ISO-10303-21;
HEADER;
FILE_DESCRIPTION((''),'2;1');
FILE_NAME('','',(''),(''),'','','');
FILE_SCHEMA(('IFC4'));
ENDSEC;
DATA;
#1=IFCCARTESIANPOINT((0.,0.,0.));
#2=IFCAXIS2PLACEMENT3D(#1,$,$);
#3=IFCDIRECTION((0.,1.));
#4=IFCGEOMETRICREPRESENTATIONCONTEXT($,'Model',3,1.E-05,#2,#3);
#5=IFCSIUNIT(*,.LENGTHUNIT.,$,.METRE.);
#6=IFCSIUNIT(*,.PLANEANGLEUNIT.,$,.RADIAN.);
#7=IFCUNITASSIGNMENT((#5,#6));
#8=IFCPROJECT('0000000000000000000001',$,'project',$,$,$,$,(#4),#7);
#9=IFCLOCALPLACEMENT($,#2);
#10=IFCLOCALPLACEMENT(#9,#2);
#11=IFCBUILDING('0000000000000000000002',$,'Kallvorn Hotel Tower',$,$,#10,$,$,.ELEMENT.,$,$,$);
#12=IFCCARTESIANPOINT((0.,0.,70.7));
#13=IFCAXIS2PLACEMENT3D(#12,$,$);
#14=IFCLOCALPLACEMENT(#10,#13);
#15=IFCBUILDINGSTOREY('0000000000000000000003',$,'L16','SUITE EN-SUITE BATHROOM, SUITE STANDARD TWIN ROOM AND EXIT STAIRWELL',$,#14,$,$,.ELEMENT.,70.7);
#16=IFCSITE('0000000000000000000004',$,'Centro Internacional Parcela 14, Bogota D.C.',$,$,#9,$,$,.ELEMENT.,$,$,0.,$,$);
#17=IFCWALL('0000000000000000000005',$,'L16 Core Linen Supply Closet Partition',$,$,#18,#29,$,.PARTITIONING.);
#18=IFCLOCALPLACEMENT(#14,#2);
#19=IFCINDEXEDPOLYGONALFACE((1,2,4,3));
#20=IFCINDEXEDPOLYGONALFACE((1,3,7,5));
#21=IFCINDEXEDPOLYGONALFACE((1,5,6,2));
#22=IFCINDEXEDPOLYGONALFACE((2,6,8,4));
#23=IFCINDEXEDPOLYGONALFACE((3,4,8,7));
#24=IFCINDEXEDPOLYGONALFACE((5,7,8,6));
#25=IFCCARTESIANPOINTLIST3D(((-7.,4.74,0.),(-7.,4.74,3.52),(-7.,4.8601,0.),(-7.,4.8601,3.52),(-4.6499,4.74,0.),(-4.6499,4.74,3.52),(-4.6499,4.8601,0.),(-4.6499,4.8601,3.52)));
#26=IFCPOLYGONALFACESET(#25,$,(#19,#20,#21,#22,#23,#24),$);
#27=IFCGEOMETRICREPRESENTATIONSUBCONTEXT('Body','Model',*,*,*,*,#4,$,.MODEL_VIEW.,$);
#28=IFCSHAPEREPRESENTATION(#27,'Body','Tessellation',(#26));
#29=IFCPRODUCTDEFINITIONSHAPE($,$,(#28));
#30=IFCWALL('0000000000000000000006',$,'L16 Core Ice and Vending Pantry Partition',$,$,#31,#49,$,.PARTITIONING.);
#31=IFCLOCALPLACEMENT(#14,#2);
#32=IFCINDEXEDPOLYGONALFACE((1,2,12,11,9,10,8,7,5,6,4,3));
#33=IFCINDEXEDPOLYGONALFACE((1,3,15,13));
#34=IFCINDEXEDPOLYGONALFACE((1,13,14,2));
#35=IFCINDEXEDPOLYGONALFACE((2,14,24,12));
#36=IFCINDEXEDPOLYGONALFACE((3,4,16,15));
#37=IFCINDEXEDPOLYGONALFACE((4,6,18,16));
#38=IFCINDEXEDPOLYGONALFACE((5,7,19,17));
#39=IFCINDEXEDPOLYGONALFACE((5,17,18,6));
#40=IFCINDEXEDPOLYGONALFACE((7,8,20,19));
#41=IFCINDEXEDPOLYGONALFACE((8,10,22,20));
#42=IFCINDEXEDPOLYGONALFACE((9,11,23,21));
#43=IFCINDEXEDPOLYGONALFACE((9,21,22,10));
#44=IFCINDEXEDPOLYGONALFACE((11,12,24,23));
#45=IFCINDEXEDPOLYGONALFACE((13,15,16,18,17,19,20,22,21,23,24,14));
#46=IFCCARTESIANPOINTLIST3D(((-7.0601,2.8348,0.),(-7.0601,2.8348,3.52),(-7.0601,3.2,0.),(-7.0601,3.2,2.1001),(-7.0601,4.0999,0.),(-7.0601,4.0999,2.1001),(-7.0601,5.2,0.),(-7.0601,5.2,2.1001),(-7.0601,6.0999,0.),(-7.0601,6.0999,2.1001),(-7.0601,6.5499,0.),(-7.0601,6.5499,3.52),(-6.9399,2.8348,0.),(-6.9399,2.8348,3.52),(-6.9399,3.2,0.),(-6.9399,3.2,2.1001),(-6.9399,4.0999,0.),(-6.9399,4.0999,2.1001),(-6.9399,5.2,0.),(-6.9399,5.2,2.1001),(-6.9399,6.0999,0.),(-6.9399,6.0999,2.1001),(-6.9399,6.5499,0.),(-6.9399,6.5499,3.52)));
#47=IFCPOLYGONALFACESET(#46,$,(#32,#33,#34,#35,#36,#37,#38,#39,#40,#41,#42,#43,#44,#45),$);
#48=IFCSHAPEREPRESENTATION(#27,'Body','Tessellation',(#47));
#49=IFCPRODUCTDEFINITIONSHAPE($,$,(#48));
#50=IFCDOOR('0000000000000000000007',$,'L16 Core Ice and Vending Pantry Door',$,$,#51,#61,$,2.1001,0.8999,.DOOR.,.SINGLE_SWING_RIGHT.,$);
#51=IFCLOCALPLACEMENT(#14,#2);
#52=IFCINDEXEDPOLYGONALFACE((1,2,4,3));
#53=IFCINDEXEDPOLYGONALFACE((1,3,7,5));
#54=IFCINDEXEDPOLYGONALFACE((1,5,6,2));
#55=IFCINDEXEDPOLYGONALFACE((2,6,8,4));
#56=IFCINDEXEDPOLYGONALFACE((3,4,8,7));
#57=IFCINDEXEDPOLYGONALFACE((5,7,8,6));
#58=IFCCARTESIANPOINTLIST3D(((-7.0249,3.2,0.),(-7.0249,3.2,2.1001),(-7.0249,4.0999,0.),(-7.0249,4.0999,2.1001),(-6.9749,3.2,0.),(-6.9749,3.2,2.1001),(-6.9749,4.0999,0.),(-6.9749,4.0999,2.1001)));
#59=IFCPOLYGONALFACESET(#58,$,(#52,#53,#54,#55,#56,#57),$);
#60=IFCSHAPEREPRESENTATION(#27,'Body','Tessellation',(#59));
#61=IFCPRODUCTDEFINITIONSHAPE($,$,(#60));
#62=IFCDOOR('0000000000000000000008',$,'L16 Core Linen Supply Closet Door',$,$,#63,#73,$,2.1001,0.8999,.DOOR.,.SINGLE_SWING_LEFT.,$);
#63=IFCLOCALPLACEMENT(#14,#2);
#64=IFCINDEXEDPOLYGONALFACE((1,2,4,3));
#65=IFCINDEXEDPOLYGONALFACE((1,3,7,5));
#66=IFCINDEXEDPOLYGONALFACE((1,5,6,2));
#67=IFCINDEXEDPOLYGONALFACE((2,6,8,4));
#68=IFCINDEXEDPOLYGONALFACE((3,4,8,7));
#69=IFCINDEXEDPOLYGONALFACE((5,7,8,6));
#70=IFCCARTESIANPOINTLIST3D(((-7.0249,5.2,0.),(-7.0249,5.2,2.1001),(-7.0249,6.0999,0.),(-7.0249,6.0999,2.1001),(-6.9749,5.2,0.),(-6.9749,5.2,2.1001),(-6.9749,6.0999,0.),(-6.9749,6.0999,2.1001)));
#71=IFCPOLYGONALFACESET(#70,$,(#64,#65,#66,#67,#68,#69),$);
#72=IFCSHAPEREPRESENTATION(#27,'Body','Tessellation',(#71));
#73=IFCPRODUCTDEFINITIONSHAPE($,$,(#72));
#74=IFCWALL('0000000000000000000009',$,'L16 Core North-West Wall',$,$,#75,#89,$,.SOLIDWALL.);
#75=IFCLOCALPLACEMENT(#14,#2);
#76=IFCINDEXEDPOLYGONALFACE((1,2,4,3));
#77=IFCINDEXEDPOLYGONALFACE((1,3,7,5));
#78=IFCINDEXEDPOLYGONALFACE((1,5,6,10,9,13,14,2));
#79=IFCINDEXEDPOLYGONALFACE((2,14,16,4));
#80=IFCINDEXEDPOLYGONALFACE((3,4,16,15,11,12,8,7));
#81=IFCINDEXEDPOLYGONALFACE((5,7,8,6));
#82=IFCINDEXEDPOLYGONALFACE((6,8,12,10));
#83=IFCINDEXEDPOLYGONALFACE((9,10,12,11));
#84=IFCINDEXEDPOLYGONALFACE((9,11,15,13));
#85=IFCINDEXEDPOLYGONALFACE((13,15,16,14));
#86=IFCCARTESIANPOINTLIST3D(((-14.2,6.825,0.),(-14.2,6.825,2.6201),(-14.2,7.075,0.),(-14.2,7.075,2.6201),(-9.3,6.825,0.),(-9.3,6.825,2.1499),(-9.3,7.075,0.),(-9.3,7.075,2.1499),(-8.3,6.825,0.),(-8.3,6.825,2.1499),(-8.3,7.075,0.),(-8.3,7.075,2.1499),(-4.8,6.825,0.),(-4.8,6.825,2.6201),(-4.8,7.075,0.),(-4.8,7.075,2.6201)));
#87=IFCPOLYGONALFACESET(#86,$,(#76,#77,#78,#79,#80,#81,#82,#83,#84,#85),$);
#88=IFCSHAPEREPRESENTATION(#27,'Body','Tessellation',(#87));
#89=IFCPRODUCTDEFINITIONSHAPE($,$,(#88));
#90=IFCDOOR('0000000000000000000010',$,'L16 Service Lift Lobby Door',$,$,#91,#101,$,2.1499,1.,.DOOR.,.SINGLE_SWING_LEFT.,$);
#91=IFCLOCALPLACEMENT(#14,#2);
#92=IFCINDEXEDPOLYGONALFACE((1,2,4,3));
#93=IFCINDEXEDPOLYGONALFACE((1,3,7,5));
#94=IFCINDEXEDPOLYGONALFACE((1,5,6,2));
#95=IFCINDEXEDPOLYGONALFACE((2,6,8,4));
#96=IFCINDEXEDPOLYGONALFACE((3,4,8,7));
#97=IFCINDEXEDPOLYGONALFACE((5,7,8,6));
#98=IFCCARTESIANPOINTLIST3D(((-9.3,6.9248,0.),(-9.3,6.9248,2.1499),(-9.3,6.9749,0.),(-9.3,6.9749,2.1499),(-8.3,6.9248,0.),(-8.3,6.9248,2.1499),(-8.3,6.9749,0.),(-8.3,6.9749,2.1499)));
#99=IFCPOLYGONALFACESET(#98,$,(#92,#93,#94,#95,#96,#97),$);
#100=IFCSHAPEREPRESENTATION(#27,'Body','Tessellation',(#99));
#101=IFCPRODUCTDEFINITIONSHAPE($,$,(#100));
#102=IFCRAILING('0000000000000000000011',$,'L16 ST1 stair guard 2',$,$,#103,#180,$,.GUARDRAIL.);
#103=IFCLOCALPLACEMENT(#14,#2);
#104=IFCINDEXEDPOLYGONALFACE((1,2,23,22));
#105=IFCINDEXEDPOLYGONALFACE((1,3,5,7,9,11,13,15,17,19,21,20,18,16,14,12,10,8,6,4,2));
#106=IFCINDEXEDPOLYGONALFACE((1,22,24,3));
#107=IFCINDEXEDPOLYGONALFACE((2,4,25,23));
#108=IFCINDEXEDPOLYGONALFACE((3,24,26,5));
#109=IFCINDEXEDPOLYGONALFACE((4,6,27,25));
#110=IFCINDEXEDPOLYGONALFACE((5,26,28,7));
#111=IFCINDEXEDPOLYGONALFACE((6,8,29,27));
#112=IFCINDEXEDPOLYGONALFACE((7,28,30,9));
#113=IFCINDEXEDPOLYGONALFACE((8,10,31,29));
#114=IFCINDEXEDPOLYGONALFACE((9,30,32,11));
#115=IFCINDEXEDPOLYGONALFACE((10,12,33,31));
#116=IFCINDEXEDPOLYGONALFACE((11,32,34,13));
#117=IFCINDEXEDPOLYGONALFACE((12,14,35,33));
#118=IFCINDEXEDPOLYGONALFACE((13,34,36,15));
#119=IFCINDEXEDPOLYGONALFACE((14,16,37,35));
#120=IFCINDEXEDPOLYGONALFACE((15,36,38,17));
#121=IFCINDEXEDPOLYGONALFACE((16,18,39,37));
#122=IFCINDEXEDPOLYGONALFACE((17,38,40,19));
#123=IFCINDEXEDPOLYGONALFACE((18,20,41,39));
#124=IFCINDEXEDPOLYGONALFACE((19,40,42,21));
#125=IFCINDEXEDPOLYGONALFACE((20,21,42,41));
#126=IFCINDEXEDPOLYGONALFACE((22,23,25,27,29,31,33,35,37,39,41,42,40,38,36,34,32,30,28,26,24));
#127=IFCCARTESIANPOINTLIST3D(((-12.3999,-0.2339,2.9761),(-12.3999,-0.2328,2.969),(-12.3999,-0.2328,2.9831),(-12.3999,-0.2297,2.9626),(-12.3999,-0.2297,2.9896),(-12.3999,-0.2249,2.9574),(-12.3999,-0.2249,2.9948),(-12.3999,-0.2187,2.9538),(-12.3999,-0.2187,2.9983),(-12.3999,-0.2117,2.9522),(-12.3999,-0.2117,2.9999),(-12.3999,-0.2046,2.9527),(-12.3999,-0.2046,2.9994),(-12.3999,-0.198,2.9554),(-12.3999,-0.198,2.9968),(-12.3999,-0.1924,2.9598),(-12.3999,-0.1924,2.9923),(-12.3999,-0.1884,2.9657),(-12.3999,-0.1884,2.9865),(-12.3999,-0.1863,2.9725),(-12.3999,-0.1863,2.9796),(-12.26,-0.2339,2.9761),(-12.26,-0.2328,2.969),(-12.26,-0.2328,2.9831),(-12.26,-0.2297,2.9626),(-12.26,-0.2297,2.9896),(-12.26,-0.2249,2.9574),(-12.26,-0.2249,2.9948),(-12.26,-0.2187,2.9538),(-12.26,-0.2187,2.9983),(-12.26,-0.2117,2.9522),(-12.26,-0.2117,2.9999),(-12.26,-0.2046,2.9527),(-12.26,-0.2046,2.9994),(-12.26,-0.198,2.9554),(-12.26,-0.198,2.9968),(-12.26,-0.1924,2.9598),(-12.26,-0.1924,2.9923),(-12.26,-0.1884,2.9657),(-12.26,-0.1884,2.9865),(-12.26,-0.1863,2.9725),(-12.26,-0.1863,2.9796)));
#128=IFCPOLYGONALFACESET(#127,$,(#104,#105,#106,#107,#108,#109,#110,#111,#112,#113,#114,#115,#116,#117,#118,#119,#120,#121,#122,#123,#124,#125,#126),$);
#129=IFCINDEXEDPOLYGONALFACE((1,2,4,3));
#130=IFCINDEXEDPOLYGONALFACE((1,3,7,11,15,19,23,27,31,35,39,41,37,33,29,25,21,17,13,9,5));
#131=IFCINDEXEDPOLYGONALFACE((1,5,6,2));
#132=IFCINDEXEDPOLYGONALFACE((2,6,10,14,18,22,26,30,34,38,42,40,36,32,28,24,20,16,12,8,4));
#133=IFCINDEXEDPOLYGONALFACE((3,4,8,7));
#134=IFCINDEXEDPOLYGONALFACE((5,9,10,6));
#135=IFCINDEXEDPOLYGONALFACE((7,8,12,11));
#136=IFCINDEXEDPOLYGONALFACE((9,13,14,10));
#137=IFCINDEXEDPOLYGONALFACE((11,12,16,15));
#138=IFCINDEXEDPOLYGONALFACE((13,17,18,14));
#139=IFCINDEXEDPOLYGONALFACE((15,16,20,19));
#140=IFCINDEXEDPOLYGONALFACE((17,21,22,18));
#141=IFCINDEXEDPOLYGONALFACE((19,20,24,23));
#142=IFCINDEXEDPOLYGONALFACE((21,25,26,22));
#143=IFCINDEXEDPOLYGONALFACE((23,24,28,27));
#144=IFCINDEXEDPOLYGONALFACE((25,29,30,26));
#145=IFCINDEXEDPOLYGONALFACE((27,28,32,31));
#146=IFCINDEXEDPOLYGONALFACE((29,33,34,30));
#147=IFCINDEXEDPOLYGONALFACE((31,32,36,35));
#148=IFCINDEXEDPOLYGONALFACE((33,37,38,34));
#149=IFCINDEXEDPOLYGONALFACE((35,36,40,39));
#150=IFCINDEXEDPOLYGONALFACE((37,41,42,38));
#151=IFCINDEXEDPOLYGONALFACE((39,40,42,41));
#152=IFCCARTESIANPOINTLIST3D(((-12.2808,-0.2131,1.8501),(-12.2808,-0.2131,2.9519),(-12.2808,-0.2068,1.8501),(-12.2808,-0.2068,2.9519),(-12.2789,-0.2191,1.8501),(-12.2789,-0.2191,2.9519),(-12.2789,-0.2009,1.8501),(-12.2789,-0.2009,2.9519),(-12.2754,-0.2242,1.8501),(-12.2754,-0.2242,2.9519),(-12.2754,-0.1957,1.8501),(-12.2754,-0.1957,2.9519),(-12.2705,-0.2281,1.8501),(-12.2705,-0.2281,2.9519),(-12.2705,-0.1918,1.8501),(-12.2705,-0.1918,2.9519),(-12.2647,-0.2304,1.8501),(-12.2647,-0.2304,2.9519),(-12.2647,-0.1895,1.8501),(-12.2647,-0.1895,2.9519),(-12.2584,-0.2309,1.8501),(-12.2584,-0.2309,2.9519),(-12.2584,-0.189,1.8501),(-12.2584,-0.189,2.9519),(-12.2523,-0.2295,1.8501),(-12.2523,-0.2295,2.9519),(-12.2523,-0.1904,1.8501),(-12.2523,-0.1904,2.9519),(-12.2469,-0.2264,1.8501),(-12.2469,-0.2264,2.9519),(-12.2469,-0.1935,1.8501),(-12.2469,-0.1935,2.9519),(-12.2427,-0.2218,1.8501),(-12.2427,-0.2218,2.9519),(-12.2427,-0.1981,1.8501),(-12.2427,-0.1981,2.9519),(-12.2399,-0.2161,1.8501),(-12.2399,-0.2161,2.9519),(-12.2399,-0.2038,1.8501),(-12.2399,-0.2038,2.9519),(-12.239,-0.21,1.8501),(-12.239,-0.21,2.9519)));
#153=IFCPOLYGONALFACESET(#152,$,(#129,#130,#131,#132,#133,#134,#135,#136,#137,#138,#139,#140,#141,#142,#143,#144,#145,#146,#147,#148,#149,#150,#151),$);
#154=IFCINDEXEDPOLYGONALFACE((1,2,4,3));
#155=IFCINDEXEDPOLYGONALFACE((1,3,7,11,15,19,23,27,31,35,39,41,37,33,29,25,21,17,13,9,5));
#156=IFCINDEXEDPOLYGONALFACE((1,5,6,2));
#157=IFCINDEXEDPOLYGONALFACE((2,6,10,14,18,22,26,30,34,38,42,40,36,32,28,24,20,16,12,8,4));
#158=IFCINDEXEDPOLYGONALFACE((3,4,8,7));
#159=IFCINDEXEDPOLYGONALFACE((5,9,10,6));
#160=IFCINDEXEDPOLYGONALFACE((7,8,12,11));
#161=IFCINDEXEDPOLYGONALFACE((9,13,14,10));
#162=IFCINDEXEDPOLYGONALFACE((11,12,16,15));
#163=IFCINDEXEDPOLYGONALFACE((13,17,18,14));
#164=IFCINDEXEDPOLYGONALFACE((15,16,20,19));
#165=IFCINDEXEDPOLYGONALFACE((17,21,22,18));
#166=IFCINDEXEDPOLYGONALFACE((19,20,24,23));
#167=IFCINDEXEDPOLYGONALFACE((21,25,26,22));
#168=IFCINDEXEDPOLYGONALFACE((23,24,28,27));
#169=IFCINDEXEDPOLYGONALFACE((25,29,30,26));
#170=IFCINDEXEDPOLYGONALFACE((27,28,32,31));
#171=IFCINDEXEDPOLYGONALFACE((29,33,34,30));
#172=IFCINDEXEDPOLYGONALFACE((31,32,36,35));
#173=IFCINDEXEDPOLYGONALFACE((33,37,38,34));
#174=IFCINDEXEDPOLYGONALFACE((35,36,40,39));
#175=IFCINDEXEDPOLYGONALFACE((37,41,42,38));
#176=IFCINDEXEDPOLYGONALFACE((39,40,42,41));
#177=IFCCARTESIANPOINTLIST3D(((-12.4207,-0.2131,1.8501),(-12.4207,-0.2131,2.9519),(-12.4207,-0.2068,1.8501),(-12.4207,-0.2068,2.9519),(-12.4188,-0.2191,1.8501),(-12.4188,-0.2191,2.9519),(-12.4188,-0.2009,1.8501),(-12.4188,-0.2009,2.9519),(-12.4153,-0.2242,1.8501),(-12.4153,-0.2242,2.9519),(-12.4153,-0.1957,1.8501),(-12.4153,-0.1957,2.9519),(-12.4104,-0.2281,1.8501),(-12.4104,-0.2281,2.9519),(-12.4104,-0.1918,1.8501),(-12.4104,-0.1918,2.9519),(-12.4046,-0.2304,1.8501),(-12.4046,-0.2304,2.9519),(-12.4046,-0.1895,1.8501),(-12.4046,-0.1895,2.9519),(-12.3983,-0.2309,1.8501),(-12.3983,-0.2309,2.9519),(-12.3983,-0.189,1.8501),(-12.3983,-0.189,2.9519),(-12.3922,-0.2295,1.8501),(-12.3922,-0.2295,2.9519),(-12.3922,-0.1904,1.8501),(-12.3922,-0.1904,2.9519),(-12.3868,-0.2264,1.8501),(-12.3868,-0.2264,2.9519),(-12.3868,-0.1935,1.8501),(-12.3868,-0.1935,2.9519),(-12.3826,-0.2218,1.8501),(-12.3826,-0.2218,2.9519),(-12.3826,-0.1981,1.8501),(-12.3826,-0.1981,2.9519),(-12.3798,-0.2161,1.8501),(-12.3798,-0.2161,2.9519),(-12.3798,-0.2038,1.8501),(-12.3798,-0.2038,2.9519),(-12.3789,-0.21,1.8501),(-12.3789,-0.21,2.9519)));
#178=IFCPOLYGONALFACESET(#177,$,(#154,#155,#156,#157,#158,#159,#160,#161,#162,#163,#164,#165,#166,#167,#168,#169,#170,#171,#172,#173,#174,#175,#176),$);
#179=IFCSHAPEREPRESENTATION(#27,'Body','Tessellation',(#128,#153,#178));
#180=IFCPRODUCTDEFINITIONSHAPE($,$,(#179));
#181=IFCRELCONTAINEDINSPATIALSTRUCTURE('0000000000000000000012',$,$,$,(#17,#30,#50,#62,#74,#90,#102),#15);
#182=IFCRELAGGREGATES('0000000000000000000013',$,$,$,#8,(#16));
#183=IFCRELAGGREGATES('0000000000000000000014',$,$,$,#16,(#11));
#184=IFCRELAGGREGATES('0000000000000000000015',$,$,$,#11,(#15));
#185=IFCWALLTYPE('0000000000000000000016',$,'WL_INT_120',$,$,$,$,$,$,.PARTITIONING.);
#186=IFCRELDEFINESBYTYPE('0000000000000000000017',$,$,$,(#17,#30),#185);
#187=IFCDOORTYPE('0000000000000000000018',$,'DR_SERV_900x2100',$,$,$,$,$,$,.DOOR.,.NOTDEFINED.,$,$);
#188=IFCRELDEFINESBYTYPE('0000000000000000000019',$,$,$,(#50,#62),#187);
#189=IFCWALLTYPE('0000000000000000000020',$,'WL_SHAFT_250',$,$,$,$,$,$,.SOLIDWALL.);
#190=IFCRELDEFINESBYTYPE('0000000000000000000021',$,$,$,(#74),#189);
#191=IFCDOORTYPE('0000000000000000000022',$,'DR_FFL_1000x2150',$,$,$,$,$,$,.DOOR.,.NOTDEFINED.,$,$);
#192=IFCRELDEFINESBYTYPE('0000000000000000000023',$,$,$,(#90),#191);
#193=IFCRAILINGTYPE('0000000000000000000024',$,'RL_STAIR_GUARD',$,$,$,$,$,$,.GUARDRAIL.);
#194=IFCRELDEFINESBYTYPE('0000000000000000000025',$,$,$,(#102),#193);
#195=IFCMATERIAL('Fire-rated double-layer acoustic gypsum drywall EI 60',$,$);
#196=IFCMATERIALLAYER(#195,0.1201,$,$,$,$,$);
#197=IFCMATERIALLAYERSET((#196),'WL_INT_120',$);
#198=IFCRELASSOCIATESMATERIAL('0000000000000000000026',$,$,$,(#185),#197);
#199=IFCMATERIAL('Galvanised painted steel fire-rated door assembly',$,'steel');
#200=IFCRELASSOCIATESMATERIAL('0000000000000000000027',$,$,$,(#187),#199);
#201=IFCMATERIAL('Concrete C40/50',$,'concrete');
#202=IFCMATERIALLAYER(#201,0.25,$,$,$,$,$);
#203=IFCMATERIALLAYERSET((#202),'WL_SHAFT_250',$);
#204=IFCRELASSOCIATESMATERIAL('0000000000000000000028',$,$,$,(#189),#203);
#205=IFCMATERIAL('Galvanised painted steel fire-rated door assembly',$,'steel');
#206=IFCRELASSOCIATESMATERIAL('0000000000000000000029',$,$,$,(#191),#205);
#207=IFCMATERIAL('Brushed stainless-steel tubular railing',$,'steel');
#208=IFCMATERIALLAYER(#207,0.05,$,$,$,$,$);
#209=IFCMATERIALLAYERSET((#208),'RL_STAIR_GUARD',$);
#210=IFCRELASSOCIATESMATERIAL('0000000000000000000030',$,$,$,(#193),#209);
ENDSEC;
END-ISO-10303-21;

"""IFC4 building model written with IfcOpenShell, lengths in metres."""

from ifc_helpers import new_model, si_unit, direction, frame, frame_2d, origin, origin_2d, place, context, subcontext, project, spatial, rectangle, circle, extrude, material, layer, layer_set, type_object, element, fill, save


model = new_model("IFC4")

# Units and contexts
model_context = context("Model", 3, precision=1e-05, world=origin(), true_north=direction((0.0, 1.0)))
body_context = subcontext(model_context, "Body", "Model", "MODEL_VIEW")
ifc_project = project(units=[si_unit("LENGTHUNIT", "METRE"), si_unit("PLANEANGLEUNIT", "RADIAN")], contexts=[model_context])

# Site, building, storey
site_placement = place(None, origin())
site = spatial("IfcSite", under=ifc_project, at=site_placement, Name="Centro Internacional Parcela 14, Bogota D.C.", CompositionType="ELEMENT", RefElevation=0.0)
building_placement = place(site_placement, origin())
building = spatial("IfcBuilding", under=site, at=building_placement, Name="Kallvorn Hotel Tower", CompositionType="ELEMENT")
storey_placement = place(building_placement, frame((0.0, 0.0, 70.7)))
storey = spatial("IfcBuildingStorey", under=building, at=storey_placement, Name="L16", Description="SUITE EN-SUITE BATHROOM, SUITE STANDARD TWIN ROOM AND EXIT STAIRWELL", CompositionType="ELEMENT", Elevation=70.7)

# Wall
ifc_material_1 = material(Name="Fire-rated double-layer acoustic gypsum drywall EI 60")
ifc_layer_1 = layer(ifc_material_1, 0.1201)
ifc_layer_set_1 = layer_set([ifc_layer_1], Name="WL_INT_120")
wall_type_1 = type_object("IfcWallType", Name="WL_INT_120", PredefinedType="PARTITIONING", material=ifc_layer_set_1)
for number, where, z_axis, x_axis, name in (
    (1, (-7.0, 4.8, 0.0), (0.0, 0.0, 1.0), (1.0, 0.0, 0.0), "L16 Core Linen Supply Closet Partition"),
):
    element("IfcWall", number, at=place(storey_placement, frame(where, z_axis=z_axis, x_axis=x_axis)), inside=storey, type_object=wall_type_1, Name=name, PredefinedType="PARTITIONING", context=body_context, shape_type="SweptSolid", body=[
        extrude(rectangle(XDim=2.3501, YDim=0.1201, at=frame_2d((1.175, 0.0))), origin(), (0.0, 0.0, 1.0), 3.52),
    ])

# Wall, openings, doors
wall_1_placement = place(storey_placement, frame((-7.0, 2.835, 0.0), z_axis=(0.0, 0.0, 1.0), x_axis=(0.0, 1.0, 0.0)))
wall_1 = element("IfcWall", 2, at=wall_1_placement, inside=storey, type_object=wall_type_1, Name="L16 Core Ice and Vending Pantry Partition", PredefinedType="PARTITIONING", context=body_context, shape_type="SweptSolid", body=[
    extrude(rectangle(XDim=3.7151, YDim=0.1201, at=frame_2d((1.8574, 0.0))), origin(), (0.0, 0.0, 1.0), 3.52),
])
opening_1_placement = place(wall_1_placement, frame((0.365, 0.0, 0.0)))
opening_1 = element("IfcOpeningElement", 3, at=opening_1_placement, cuts=wall_1, PredefinedType="OPENING", context=body_context, shape_type="SweptSolid", body=[
    extrude(rectangle(XDim=0.8999, YDim=2.1001, at=frame_2d((0.45, 1.05))), frame((0.0, 0.075, 0.0), z_axis=(0.0, -1.0, 0.0), x_axis=(1.0, 0.0, 0.0)), (0.0, 0.0, 1.0), 0.1501),
])
opening_2_placement = place(wall_1_placement, frame((2.365, 0.0, 0.0)))
opening_2 = element("IfcOpeningElement", 4, at=opening_2_placement, cuts=wall_1, PredefinedType="OPENING", context=body_context, shape_type="SweptSolid", body=[
    extrude(rectangle(XDim=0.8999, YDim=2.1001, at=frame_2d((0.45, 1.05))), frame((0.0, 0.075, 0.0), z_axis=(0.0, -1.0, 0.0), x_axis=(1.0, 0.0, 0.0)), (0.0, 0.0, 1.0), 0.1501),
])
ifc_material_2 = material(Name="Galvanised painted steel fire-rated door assembly", Category="steel")
door_type_1 = type_object("IfcDoorType", Name="DR_SERV_900x2100", OperationType="NOTDEFINED", PredefinedType="DOOR", material=ifc_material_2)
door_1_placement = place(opening_1_placement, origin())
door_1 = element("IfcDoor", 5, at=door_1_placement, inside=storey, type_object=door_type_1, Name="L16 Core Ice and Vending Pantry Door", OperationType="SINGLE_SWING_RIGHT", OverallHeight=2.1001, OverallWidth=0.8999, PredefinedType="DOOR", context=body_context, shape_type="SweptSolid", body=[
    extrude(rectangle(XDim=0.8999, YDim=2.1001, at=frame_2d((0.45, 1.05))), frame((0.0, 0.0249, 0.0), z_axis=(0.0, -1.0, 0.0), x_axis=(1.0, 0.0, 0.0)), (0.0, 0.0, 1.0), 0.05),
])
fill(opening_1, door_1)
door_2_placement = place(opening_2_placement, origin())
door_2 = element("IfcDoor", 6, at=door_2_placement, inside=storey, type_object=door_type_1, Name="L16 Core Linen Supply Closet Door", OperationType="SINGLE_SWING_LEFT", OverallHeight=2.1001, OverallWidth=0.8999, PredefinedType="DOOR", context=body_context, shape_type="SweptSolid", body=[
    extrude(rectangle(XDim=0.8999, YDim=2.1001, at=frame_2d((0.45, 1.05))), frame((0.0, 0.0249, 0.0), z_axis=(0.0, -1.0, 0.0), x_axis=(1.0, 0.0, 0.0)), (0.0, 0.0, 1.0), 0.05),
])
fill(opening_2, door_2)

# Wall, opening, door
ifc_material_3 = material(Name="Concrete C40/50", Category="concrete")
ifc_layer_2 = layer(ifc_material_3, 0.25)
ifc_layer_set_2 = layer_set([ifc_layer_2], Name="WL_SHAFT_250")
wall_type_2 = type_object("IfcWallType", Name="WL_SHAFT_250", PredefinedType="SOLIDWALL", material=ifc_layer_set_2)
wall_2_placement = place(storey_placement, frame((-14.2, 6.95, 0.0), z_axis=(0.0, 0.0, 1.0), x_axis=(1.0, 0.0, 0.0)))
wall_2 = element("IfcWall", 7, at=wall_2_placement, inside=storey, type_object=wall_type_2, Name="L16 Core North-West Wall", PredefinedType="SOLIDWALL", context=body_context, shape_type="SweptSolid", body=[
    extrude(rectangle(XDim=9.3999, YDim=0.25, at=frame_2d((4.7, 0.0))), origin(), (0.0, 0.0, 1.0), 2.6201),
])
opening_3_placement = place(wall_2_placement, frame((4.8999, 0.0, 0.0)))
opening_3 = element("IfcOpeningElement", 8, at=opening_3_placement, cuts=wall_2, PredefinedType="OPENING", context=body_context, shape_type="SweptSolid", body=[
    extrude(rectangle(XDim=1.0, YDim=2.1499, at=frame_2d((0.5, 1.075))), frame((0.0, 0.1399, 0.0), z_axis=(0.0, -1.0, 0.0), x_axis=(1.0, 0.0, 0.0)), (0.0, 0.0, 1.0), 0.28),
])
ifc_material_4 = material(Name="Galvanised painted steel fire-rated door assembly", Category="steel")
door_type_2 = type_object("IfcDoorType", Name="DR_FFL_1000x2150", OperationType="NOTDEFINED", PredefinedType="DOOR", material=ifc_material_4)
door_3_placement = place(opening_3_placement, origin())
door_3 = element("IfcDoor", 9, at=door_3_placement, inside=storey, type_object=door_type_2, Name="L16 Service Lift Lobby Door", OperationType="SINGLE_SWING_LEFT", OverallHeight=2.1499, OverallWidth=1.0, PredefinedType="DOOR", context=body_context, shape_type="SweptSolid", body=[
    extrude(rectangle(XDim=1.0, YDim=2.1499, at=frame_2d((0.5, 1.075))), frame((0.0, 0.0249, 0.0), z_axis=(0.0, -1.0, 0.0), x_axis=(1.0, 0.0, 0.0)), (0.0, 0.0, 1.0), 0.05),
])
fill(opening_3, door_3)

# Railing
ifc_material_5 = material(Name="Brushed stainless-steel tubular railing", Category="steel")
ifc_layer_3 = layer(ifc_material_5, 0.05)
ifc_layer_set_3 = layer_set([ifc_layer_3], Name="RL_STAIR_GUARD")
railing_type = type_object("IfcRailingType", Name="RL_STAIR_GUARD", PredefinedType="GUARDRAIL", material=ifc_layer_set_3)
railing_1_placement = place(storey_placement, frame((-12.26, -0.21, 1.8501)))
element("IfcRailing", 10, at=railing_1_placement, inside=storey, type_object=railing_type, Name="L16 ST1 stair guard 2", PredefinedType="GUARDRAIL", context=body_context, shape_type="SweptSolid", body=[
    extrude(circle(Radius=0.0239, at=origin_2d()), frame((0.0, 0.0, 1.126), z_axis=(-1.0, 0.0, 0.0), x_axis=(0.0, -1.0, 0.0)), (0.0, 0.0, 1.0), 0.1399),
    extrude(circle(Radius=0.021, at=origin_2d()), origin(), (0.0, 0.0, 1.0), 1.1018),
    extrude(circle(Radius=0.021, at=origin_2d()), frame((-0.1399, 0.0, 0.0)), (0.0, 0.0, 1.0), 1.1018),
])

save(model, "model.ifc")
